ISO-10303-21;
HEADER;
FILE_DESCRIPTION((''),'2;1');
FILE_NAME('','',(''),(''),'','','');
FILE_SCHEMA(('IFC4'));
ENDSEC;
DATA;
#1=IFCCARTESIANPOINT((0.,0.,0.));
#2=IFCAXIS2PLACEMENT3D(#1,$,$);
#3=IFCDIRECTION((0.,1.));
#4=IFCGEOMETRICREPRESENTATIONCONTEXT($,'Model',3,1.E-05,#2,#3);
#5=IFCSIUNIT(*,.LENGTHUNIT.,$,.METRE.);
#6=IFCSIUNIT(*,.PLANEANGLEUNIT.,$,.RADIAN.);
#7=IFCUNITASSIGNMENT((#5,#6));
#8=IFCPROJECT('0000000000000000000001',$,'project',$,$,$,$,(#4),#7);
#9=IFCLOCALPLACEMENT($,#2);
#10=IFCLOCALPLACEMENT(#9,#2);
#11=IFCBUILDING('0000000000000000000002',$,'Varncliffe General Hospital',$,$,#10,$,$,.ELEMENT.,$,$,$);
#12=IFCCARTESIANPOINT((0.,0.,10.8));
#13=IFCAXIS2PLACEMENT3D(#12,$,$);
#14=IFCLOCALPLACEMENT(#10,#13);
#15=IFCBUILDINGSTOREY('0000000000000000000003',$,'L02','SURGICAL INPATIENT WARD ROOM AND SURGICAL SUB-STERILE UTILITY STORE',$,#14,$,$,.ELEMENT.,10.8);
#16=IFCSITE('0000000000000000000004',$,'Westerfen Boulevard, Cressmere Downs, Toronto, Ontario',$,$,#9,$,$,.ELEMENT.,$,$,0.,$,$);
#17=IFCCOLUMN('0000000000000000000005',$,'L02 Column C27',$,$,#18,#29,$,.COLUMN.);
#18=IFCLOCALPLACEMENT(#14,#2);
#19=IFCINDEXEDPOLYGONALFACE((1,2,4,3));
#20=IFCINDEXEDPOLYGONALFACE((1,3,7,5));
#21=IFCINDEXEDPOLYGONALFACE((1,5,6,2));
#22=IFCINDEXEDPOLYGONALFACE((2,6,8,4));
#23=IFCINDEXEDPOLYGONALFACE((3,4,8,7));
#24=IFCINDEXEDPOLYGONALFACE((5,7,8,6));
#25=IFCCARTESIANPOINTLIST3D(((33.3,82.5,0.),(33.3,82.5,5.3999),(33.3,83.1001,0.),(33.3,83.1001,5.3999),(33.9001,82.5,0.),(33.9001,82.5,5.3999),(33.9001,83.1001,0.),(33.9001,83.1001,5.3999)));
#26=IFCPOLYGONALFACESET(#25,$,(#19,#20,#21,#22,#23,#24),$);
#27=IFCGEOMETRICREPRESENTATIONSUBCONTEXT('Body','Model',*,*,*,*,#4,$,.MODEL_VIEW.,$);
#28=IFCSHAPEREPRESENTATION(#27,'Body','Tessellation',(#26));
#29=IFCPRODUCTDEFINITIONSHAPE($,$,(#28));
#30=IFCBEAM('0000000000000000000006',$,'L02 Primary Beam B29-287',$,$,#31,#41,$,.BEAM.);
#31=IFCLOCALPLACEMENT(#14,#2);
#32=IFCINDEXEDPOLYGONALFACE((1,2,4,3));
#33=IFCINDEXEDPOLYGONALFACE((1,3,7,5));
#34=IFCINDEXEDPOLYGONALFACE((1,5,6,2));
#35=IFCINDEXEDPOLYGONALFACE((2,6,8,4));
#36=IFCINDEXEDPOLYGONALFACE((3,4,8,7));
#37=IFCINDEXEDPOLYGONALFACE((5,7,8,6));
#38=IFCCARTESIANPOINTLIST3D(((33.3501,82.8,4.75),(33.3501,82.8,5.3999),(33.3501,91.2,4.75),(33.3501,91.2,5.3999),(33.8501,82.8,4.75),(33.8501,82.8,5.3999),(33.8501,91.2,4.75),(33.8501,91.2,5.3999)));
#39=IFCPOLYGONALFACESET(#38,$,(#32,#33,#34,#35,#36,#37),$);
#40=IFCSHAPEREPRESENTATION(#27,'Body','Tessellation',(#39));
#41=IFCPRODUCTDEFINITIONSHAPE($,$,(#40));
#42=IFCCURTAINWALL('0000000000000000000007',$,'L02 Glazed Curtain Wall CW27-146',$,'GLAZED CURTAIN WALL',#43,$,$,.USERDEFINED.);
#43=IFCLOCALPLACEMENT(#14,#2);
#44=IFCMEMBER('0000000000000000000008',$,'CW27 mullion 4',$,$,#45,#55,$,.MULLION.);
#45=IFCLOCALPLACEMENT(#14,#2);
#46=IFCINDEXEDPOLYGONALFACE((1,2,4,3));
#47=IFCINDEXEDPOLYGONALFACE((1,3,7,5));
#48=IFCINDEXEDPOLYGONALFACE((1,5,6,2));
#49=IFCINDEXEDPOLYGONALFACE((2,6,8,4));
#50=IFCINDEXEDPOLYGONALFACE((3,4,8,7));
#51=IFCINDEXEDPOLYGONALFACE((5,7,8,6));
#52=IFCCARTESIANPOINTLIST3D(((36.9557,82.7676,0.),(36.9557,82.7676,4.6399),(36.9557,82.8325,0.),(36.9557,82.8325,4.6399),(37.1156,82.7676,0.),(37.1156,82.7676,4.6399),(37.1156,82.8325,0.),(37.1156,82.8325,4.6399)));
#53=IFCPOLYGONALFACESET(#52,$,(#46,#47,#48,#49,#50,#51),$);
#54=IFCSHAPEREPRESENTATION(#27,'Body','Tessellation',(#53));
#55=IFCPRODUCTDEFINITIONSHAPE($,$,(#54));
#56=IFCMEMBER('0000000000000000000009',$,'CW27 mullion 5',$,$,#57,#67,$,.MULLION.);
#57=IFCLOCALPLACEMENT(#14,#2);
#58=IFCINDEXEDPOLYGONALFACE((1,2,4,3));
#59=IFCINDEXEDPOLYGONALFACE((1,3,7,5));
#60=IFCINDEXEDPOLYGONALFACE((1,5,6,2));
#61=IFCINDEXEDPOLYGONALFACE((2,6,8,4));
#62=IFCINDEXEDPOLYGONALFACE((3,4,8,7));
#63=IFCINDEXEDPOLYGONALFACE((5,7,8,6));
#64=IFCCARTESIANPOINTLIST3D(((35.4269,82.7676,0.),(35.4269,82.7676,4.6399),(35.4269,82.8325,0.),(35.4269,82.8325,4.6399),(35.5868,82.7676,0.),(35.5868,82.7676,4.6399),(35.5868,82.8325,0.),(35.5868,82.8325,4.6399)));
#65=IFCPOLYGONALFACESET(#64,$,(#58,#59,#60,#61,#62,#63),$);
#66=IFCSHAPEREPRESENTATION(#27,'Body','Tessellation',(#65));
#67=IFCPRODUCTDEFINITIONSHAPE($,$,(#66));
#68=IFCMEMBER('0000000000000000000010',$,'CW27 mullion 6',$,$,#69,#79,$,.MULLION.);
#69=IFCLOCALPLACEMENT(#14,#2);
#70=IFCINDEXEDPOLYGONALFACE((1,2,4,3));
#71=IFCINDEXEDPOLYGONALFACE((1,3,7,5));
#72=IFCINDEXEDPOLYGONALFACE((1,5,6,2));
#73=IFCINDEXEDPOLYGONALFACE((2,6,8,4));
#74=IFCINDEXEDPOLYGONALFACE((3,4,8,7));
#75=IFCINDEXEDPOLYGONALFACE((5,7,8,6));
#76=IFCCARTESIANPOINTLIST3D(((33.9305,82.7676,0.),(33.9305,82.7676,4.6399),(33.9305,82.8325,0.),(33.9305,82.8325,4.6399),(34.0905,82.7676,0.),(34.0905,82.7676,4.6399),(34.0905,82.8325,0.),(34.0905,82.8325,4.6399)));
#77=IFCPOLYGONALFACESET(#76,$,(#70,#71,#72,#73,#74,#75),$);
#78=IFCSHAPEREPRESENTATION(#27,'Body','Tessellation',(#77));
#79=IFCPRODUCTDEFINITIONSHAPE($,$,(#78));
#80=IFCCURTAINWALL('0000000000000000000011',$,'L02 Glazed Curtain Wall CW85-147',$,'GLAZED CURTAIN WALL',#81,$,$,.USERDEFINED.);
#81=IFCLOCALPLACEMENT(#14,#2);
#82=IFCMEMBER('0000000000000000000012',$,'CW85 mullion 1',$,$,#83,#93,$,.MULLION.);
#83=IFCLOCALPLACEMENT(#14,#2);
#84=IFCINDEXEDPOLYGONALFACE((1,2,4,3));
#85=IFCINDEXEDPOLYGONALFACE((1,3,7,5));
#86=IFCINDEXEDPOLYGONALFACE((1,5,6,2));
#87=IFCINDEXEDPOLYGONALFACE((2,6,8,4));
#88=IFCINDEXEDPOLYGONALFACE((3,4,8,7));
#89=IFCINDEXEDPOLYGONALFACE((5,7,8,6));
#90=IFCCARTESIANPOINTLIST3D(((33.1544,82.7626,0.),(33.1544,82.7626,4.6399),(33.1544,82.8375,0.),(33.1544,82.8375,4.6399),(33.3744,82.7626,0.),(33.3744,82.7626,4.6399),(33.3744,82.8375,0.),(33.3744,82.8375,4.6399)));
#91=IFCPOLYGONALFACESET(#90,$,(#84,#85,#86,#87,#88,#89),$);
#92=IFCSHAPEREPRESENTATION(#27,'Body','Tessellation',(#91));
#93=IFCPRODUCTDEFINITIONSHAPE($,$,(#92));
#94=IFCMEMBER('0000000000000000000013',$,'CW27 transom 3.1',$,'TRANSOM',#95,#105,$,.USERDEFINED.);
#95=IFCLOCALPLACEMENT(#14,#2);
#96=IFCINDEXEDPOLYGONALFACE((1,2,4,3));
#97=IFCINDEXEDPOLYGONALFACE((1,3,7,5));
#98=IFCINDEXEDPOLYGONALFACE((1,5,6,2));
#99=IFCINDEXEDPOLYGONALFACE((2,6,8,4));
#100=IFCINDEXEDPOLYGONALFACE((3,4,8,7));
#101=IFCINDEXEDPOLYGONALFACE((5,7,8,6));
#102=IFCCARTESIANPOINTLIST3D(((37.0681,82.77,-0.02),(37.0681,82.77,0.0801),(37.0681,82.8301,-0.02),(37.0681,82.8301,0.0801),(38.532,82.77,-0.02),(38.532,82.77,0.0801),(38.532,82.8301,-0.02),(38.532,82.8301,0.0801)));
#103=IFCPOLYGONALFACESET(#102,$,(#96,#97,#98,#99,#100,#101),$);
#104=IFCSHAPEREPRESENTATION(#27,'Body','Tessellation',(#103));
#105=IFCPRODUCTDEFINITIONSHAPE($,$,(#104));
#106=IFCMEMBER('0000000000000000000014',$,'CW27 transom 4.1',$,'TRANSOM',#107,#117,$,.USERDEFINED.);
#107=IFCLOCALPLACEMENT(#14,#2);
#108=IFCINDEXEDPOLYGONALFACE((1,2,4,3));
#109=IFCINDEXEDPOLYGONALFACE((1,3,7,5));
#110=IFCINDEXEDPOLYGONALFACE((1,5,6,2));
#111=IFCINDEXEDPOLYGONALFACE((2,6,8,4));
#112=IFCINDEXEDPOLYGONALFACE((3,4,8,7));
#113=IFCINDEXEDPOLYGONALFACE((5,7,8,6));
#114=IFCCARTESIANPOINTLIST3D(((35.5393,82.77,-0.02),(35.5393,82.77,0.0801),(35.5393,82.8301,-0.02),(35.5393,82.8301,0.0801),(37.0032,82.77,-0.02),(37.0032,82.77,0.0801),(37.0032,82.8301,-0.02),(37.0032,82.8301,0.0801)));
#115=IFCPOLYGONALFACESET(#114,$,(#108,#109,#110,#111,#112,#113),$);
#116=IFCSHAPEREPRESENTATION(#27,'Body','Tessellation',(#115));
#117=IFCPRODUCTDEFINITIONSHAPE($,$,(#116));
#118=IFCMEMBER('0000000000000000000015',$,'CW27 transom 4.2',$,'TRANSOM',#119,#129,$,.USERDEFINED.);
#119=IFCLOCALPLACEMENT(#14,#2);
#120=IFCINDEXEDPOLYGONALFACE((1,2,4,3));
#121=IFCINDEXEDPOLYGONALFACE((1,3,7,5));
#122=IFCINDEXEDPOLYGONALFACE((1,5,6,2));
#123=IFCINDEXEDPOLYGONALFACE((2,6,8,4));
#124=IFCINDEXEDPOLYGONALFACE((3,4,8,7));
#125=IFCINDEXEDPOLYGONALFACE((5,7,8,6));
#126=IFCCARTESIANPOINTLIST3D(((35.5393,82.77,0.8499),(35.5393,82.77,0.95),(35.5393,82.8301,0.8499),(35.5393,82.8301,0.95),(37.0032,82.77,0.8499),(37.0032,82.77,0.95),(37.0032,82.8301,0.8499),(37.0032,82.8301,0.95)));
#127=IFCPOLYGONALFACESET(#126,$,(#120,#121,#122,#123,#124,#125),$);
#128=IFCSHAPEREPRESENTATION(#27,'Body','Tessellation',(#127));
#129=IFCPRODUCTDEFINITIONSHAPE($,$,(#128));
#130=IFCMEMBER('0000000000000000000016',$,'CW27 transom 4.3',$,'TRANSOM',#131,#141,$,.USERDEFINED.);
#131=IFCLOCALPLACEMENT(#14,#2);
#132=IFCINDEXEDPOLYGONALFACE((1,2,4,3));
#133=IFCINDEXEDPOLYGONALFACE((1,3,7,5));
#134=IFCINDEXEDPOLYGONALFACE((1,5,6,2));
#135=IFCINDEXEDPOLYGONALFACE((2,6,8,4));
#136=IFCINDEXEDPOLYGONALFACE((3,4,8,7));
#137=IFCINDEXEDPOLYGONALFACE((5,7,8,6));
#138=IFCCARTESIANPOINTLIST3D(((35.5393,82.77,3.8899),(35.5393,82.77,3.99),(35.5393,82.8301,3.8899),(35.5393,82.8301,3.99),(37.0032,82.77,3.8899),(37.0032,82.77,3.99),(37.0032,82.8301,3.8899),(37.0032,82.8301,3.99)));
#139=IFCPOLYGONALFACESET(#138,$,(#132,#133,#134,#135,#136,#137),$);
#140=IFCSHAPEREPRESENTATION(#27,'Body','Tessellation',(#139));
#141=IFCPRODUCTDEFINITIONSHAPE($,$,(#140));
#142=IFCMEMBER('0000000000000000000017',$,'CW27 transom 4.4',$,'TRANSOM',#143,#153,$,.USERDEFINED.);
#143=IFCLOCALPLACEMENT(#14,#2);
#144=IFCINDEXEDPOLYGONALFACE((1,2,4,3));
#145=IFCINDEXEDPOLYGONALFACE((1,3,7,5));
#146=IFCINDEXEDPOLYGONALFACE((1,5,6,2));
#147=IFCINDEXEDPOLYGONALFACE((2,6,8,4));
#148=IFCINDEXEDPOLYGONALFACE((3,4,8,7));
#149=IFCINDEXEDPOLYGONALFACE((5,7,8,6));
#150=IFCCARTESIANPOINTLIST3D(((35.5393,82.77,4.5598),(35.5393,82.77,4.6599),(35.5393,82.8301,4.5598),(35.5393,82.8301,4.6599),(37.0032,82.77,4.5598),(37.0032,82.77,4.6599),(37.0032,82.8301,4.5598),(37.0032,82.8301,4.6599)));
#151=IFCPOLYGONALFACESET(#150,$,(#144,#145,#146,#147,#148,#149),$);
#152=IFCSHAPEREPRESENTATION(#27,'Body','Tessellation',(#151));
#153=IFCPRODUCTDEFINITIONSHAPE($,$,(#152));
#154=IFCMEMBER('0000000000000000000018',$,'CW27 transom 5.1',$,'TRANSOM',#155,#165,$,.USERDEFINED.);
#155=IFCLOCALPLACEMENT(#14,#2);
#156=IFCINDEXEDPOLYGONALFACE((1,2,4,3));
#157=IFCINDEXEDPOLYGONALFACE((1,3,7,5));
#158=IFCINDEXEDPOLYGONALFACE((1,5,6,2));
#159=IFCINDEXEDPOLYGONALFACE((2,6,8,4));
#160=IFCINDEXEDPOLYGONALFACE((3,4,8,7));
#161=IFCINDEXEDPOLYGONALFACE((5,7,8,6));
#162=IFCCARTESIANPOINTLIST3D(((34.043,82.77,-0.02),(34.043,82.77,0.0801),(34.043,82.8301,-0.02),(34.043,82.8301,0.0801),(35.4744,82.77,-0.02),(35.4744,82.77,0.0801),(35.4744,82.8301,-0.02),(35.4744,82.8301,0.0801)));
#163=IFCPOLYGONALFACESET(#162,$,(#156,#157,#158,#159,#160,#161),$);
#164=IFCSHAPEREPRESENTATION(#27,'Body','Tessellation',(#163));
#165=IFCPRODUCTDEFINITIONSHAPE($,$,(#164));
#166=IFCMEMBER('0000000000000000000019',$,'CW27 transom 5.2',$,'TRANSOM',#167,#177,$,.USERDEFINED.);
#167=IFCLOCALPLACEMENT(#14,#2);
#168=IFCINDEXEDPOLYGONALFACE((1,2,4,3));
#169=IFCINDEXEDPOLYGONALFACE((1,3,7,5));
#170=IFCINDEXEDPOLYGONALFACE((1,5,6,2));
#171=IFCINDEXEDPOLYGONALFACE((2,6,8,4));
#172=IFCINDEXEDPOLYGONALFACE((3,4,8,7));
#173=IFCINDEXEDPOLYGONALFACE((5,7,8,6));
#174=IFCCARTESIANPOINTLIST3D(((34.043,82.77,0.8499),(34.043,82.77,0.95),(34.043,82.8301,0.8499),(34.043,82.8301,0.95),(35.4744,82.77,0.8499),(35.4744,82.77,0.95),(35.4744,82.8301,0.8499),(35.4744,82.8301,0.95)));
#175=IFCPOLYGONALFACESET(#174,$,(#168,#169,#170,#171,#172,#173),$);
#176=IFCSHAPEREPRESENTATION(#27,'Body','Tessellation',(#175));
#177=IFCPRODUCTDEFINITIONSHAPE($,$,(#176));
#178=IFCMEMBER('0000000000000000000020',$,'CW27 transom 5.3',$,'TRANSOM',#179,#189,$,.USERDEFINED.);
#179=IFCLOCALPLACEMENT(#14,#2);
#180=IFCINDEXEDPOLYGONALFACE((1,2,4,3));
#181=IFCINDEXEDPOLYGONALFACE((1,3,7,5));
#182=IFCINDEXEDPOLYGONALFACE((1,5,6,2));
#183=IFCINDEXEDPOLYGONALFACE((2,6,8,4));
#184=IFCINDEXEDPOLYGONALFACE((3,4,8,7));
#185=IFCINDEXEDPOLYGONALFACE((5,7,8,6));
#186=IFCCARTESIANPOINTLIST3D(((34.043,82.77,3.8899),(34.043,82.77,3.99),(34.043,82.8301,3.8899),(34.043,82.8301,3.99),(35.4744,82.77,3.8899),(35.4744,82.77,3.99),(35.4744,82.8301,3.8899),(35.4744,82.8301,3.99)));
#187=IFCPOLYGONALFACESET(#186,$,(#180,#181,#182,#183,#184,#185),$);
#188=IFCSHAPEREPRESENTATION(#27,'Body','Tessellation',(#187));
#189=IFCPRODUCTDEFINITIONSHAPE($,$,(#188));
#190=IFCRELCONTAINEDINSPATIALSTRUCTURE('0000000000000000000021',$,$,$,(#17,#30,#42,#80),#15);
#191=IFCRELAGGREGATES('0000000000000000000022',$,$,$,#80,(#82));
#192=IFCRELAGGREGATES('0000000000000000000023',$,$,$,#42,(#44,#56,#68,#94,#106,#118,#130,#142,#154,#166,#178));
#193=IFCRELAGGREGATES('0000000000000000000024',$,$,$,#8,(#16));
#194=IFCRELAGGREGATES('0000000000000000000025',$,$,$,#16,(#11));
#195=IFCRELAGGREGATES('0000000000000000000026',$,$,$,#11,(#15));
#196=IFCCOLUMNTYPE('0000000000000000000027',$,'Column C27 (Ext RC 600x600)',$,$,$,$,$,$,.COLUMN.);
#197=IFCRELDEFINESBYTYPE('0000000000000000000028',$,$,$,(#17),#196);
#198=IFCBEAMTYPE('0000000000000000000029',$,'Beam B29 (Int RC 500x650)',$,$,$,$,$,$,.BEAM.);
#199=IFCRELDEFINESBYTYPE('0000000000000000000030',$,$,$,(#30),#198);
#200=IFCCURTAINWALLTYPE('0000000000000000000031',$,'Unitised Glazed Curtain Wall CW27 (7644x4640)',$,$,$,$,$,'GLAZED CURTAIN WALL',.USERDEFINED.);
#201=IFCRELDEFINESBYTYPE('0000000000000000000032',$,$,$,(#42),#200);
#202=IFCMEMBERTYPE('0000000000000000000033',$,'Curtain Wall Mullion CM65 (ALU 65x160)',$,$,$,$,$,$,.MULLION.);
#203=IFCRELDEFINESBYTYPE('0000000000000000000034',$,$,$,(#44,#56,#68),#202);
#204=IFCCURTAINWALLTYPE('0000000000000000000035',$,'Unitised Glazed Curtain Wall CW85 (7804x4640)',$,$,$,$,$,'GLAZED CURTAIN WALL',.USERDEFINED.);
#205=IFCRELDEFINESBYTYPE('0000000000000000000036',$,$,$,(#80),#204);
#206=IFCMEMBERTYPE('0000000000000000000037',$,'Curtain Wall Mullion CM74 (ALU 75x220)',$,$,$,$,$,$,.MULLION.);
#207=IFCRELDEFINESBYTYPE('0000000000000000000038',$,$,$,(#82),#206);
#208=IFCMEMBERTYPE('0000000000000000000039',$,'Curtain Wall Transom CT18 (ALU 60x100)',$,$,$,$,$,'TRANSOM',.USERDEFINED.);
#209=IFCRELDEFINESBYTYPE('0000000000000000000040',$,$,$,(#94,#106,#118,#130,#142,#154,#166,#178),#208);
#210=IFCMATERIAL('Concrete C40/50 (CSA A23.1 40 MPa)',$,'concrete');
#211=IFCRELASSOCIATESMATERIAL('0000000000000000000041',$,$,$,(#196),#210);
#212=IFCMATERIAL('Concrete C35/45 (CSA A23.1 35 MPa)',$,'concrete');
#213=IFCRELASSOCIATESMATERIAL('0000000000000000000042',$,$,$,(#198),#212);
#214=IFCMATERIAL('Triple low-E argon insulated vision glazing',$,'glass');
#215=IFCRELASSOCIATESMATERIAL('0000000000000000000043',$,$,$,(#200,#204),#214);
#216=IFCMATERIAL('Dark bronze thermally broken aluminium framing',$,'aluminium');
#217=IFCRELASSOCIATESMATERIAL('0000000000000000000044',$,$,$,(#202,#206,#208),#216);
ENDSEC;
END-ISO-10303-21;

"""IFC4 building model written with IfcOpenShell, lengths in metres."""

from ifc_helpers import new_model, si_unit, direction, frame, origin, origin_2d, place, context, subcontext, project, spatial, rectangle, extrude, material, material_profile, profile_set, type_object, element, aggregate, save


model = new_model("IFC4")

# Units and contexts
model_context = context("Model", 3, precision=1e-05, world=origin(), true_north=direction((0.0, 1.0)))
body_context = subcontext(model_context, "Body", "Model", "MODEL_VIEW")
ifc_project = project(units=[si_unit("LENGTHUNIT", "METRE"), si_unit("PLANEANGLEUNIT", "RADIAN")], contexts=[model_context])

# Site, building, storey
site_placement = place(None, origin())
site = spatial("IfcSite", under=ifc_project, at=site_placement, Name="Westerfen Boulevard, Cressmere Downs, Toronto, Ontario", CompositionType="ELEMENT", RefElevation=0.0)
building_placement = place(site_placement, origin())
building = spatial("IfcBuilding", under=site, at=building_placement, Name="Varncliffe General Hospital", CompositionType="ELEMENT")
storey_placement = place(building_placement, frame((0.0, 0.0, 10.8)))
storey = spatial("IfcBuildingStorey", under=building, at=storey_placement, Name="L02", Description="SURGICAL INPATIENT WARD ROOM AND SURGICAL SUB-STERILE UTILITY STORE", CompositionType="ELEMENT", Elevation=10.8)

# Column
ifc_material_1 = material(Name="Concrete C40/50 (CSA A23.1 40 MPa)", Category="concrete")
ifc_material_profile_1 = material_profile(ifc_material_1, rectangle(XDim=0.6001, YDim=0.6001, at=origin_2d()), Name="RC 600x600")
ifc_profile_set_1 = profile_set([ifc_material_profile_1], Name="Concrete C40/50 (CSA A23.1 40 MPa)")
column_type = type_object("IfcColumnType", Name="Column C27 (Ext RC 600x600)", PredefinedType="COLUMN", material=ifc_profile_set_1)
column_placement = place(storey_placement, frame((33.6001, 82.8, 0.0), z_axis=(0.0, 0.0, 1.0), x_axis=(1.0, 0.0, 0.0)))
element("IfcColumn", 1, at=column_placement, inside=storey, type_object=column_type, Name="L02 Column C27", PredefinedType="COLUMN", context=body_context, shape_type="SweptSolid", body=[
    extrude(rectangle(XDim=0.6001, YDim=0.6001, at=origin_2d()), origin(), (0.0, 0.0, 1.0), 5.3999),
])

# Beam
ifc_material_2 = material(Name="Concrete C35/45 (CSA A23.1 35 MPa)", Category="concrete")
ifc_material_profile_2 = material_profile(ifc_material_2, rectangle(XDim=0.5, YDim=0.6499, at=origin_2d()), Name="RC 500x650")
ifc_profile_set_2 = profile_set([ifc_material_profile_2], Name="Concrete C35/45 (CSA A23.1 35 MPa)")
beam_type_1 = type_object("IfcBeamType", Name="Beam B29 (Int RC 500x650)", PredefinedType="BEAM", material=ifc_profile_set_2)
beam_1_placement = place(storey_placement, frame((33.6001, 82.8, 5.075), z_axis=(0.0, 1.0, 0.0), x_axis=(-1.0, 0.0, 0.0)))
element("IfcBeam", 2, at=beam_1_placement, inside=storey, type_object=beam_type_1, Name="L02 Primary Beam B29-287", PredefinedType="BEAM", context=body_context, shape_type="SweptSolid", body=[
    extrude(rectangle(XDim=0.5, YDim=0.6499, at=origin_2d()), origin(), (0.0, 0.0, 1.0), 8.3999),
])

# Curtain wall, members
ifc_material_3 = material(Name="Triple low-E argon insulated vision glazing", Category="glass")
curtain_wall_type_1 = type_object("IfcCurtainWallType", Name="Unitised Glazed Curtain Wall CW27 (7644x4640)", ElementType="GLAZED CURTAIN WALL", PredefinedType="USERDEFINED", material=ifc_material_3)
curtain_wall_1_placement = place(storey_placement, origin())
curtain_wall_1 = element("IfcCurtainWall", 3, at=curtain_wall_1_placement, inside=storey, type_object=curtain_wall_type_1, Name="L02 Glazed Curtain Wall CW27-146", ObjectType="GLAZED CURTAIN WALL", PredefinedType="USERDEFINED")
ifc_material_4 = material(Name="Dark bronze thermally broken aluminium framing", Category="aluminium")
ifc_material_profile_3 = material_profile(ifc_material_4, rectangle(XDim=0.0649, YDim=0.1599, at=origin_2d()), Name="ALU 65x160")
ifc_profile_set_3 = profile_set([ifc_material_profile_3], Name="Dark bronze thermally broken aluminium framing")
member_type_1 = type_object("IfcMemberType", Name="Curtain Wall Mullion CM65 (ALU 65x160)", PredefinedType="MULLION", material=ifc_profile_set_3)
member_1_placement = place(storey_placement, frame((37.0356, 82.8, 0.0), z_axis=(0.0, 0.0, 1.0), x_axis=(0.0, -1.0, 0.0)))
member_1 = element("IfcMember", 4, at=member_1_placement, type_object=member_type_1, Name="CW27 mullion 4", PredefinedType="MULLION", context=body_context, shape_type="SweptSolid", body=[
    extrude(rectangle(XDim=0.0649, YDim=0.1599, at=origin_2d()), origin(), (0.0, 0.0, 1.0), 4.6399),
])
member_2_placement = place(storey_placement, frame((35.5068, 82.8, 0.0), z_axis=(0.0, 0.0, 1.0), x_axis=(0.0, -1.0, 0.0)))
member_2 = element("IfcMember", 5, at=member_2_placement, type_object=member_type_1, Name="CW27 mullion 5", PredefinedType="MULLION", context=body_context, shape_type="SweptSolid", body=[
    extrude(rectangle(XDim=0.0649, YDim=0.1599, at=origin_2d()), origin(), (0.0, 0.0, 1.0), 4.6399),
])
member_3_placement = place(storey_placement, frame((34.0105, 82.8, 0.0), z_axis=(0.0, 0.0, 1.0), x_axis=(0.0, -1.0, 0.0)))
member_3 = element("IfcMember", 6, at=member_3_placement, type_object=member_type_1, Name="CW27 mullion 6", PredefinedType="MULLION", context=body_context, shape_type="SweptSolid", body=[
    extrude(rectangle(XDim=0.0649, YDim=0.1599, at=origin_2d()), origin(), (0.0, 0.0, 1.0), 4.6399),
])

# Curtain wall, member
curtain_wall_type_2 = type_object("IfcCurtainWallType", Name="Unitised Glazed Curtain Wall CW85 (7804x4640)", ElementType="GLAZED CURTAIN WALL", PredefinedType="USERDEFINED", material=ifc_material_3)
curtain_wall_2_placement = place(storey_placement, origin())
curtain_wall_2 = element("IfcCurtainWall", 7, at=curtain_wall_2_placement, inside=storey, type_object=curtain_wall_type_2, Name="L02 Glazed Curtain Wall CW85-147", ObjectType="GLAZED CURTAIN WALL", PredefinedType="USERDEFINED")
ifc_material_profile_4 = material_profile(ifc_material_4, rectangle(XDim=0.075, YDim=0.22, at=origin_2d()), Name="ALU 75x220")
ifc_profile_set_4 = profile_set([ifc_material_profile_4], Name="Dark bronze thermally broken aluminium framing")
member_type_2 = type_object("IfcMemberType", Name="Curtain Wall Mullion CM74 (ALU 75x220)", PredefinedType="MULLION", material=ifc_profile_set_4)
member_4_placement = place(storey_placement, frame((33.2644, 82.8, 0.0), z_axis=(0.0, 0.0, 1.0), x_axis=(0.0, -1.0, 0.0)))
member_4 = element("IfcMember", 8, at=member_4_placement, type_object=member_type_2, Name="CW85 mullion 1", PredefinedType="MULLION", context=body_context, shape_type="SweptSolid", body=[
    extrude(rectangle(XDim=0.075, YDim=0.22, at=origin_2d()), origin(), (0.0, 0.0, 1.0), 4.6399),
])
aggregate(curtain_wall_2, [member_4])

# Members
ifc_material_profile_5 = material_profile(ifc_material_4, rectangle(XDim=0.0601, YDim=0.1001, at=origin_2d()), Name="ALU 60x100")
ifc_profile_set_5 = profile_set([ifc_material_profile_5], Name="Dark bronze thermally broken aluminium framing")
member_type_3 = type_object("IfcMemberType", Name="Curtain Wall Transom CT18 (ALU 60x100)", ElementType="TRANSOM", PredefinedType="USERDEFINED", material=ifc_profile_set_5)
member_5_placement = place(storey_placement, frame((38.532, 82.8, 0.03), z_axis=(-1.0, 0.0, 0.0), x_axis=(0.0, -1.0, 0.0)))
member_5 = element("IfcMember", 9, at=member_5_placement, type_object=member_type_3, Name="CW27 transom 3.1", ObjectType="TRANSOM", PredefinedType="USERDEFINED", context=body_context, shape_type="SweptSolid", body=[
    extrude(rectangle(XDim=0.0601, YDim=0.1001, at=origin_2d()), origin(), (0.0, 0.0, 1.0), 1.4639),
])
member_6_placement = place(storey_placement, frame((37.0032, 82.8, 0.03), z_axis=(-1.0, 0.0, 0.0), x_axis=(0.0, -1.0, 0.0)))
member_6 = element("IfcMember", 10, at=member_6_placement, type_object=member_type_3, Name="CW27 transom 4.1", ObjectType="TRANSOM", PredefinedType="USERDEFINED", context=body_context, shape_type="SweptSolid", body=[
    extrude(rectangle(XDim=0.0601, YDim=0.1001, at=origin_2d()), origin(), (0.0, 0.0, 1.0), 1.4639),
])
member_7_placement = place(storey_placement, frame((37.0032, 82.8, 0.8999), z_axis=(-1.0, 0.0, 0.0), x_axis=(0.0, -1.0, 0.0)))
member_7 = element("IfcMember", 11, at=member_7_placement, type_object=member_type_3, Name="CW27 transom 4.2", ObjectType="TRANSOM", PredefinedType="USERDEFINED", context=body_context, shape_type="SweptSolid", body=[
    extrude(rectangle(XDim=0.0601, YDim=0.1001, at=origin_2d()), origin(), (0.0, 0.0, 1.0), 1.4639),
])
member_8_placement = place(storey_placement, frame((37.0032, 82.8, 3.9399), z_axis=(-1.0, 0.0, 0.0), x_axis=(0.0, -1.0, 0.0)))
member_8 = element("IfcMember", 12, at=member_8_placement, type_object=member_type_3, Name="CW27 transom 4.3", ObjectType="TRANSOM", PredefinedType="USERDEFINED", context=body_context, shape_type="SweptSolid", body=[
    extrude(rectangle(XDim=0.0601, YDim=0.1001, at=origin_2d()), origin(), (0.0, 0.0, 1.0), 1.4639),
])
member_9_placement = place(storey_placement, frame((37.0032, 82.8, 4.6099), z_axis=(-1.0, 0.0, 0.0), x_axis=(0.0, -1.0, 0.0)))
member_9 = element("IfcMember", 13, at=member_9_placement, type_object=member_type_3, Name="CW27 transom 4.4", ObjectType="TRANSOM", PredefinedType="USERDEFINED", context=body_context, shape_type="SweptSolid", body=[
    extrude(rectangle(XDim=0.0601, YDim=0.1001, at=origin_2d()), origin(), (0.0, 0.0, 1.0), 1.4639),
])
member_10_placement = place(storey_placement, frame((35.4744, 82.8, 0.03), z_axis=(-1.0, 0.0, 0.0), x_axis=(0.0, -1.0, 0.0)))
member_10 = element("IfcMember", 14, at=member_10_placement, type_object=member_type_3, Name="CW27 transom 5.1", ObjectType="TRANSOM", PredefinedType="USERDEFINED", context=body_context, shape_type="SweptSolid", body=[
    extrude(rectangle(XDim=0.0601, YDim=0.1001, at=origin_2d()), origin(), (0.0, 0.0, 1.0), 1.4314),
])
member_11_placement = place(storey_placement, frame((35.4744, 82.8, 0.8999), z_axis=(-1.0, 0.0, 0.0), x_axis=(0.0, -1.0, 0.0)))
member_11 = element("IfcMember", 15, at=member_11_placement, type_object=member_type_3, Name="CW27 transom 5.2", ObjectType="TRANSOM", PredefinedType="USERDEFINED", context=body_context, shape_type="SweptSolid", body=[
    extrude(rectangle(XDim=0.0601, YDim=0.1001, at=origin_2d()), origin(), (0.0, 0.0, 1.0), 1.4314),
])
member_12_placement = place(storey_placement, frame((35.4744, 82.8, 3.9399), z_axis=(-1.0, 0.0, 0.0), x_axis=(0.0, -1.0, 0.0)))
member_12 = element("IfcMember", 16, at=member_12_placement, type_object=member_type_3, Name="CW27 transom 5.3", ObjectType="TRANSOM", PredefinedType="USERDEFINED", context=body_context, shape_type="SweptSolid", body=[
    extrude(rectangle(XDim=0.0601, YDim=0.1001, at=origin_2d()), origin(), (0.0, 0.0, 1.0), 1.4314),
])

aggregate(curtain_wall_1, [member_1, member_2, member_3, member_5, member_6, member_7, member_8, member_9, member_10, member_11, member_12])

save(model, "model.ifc")
